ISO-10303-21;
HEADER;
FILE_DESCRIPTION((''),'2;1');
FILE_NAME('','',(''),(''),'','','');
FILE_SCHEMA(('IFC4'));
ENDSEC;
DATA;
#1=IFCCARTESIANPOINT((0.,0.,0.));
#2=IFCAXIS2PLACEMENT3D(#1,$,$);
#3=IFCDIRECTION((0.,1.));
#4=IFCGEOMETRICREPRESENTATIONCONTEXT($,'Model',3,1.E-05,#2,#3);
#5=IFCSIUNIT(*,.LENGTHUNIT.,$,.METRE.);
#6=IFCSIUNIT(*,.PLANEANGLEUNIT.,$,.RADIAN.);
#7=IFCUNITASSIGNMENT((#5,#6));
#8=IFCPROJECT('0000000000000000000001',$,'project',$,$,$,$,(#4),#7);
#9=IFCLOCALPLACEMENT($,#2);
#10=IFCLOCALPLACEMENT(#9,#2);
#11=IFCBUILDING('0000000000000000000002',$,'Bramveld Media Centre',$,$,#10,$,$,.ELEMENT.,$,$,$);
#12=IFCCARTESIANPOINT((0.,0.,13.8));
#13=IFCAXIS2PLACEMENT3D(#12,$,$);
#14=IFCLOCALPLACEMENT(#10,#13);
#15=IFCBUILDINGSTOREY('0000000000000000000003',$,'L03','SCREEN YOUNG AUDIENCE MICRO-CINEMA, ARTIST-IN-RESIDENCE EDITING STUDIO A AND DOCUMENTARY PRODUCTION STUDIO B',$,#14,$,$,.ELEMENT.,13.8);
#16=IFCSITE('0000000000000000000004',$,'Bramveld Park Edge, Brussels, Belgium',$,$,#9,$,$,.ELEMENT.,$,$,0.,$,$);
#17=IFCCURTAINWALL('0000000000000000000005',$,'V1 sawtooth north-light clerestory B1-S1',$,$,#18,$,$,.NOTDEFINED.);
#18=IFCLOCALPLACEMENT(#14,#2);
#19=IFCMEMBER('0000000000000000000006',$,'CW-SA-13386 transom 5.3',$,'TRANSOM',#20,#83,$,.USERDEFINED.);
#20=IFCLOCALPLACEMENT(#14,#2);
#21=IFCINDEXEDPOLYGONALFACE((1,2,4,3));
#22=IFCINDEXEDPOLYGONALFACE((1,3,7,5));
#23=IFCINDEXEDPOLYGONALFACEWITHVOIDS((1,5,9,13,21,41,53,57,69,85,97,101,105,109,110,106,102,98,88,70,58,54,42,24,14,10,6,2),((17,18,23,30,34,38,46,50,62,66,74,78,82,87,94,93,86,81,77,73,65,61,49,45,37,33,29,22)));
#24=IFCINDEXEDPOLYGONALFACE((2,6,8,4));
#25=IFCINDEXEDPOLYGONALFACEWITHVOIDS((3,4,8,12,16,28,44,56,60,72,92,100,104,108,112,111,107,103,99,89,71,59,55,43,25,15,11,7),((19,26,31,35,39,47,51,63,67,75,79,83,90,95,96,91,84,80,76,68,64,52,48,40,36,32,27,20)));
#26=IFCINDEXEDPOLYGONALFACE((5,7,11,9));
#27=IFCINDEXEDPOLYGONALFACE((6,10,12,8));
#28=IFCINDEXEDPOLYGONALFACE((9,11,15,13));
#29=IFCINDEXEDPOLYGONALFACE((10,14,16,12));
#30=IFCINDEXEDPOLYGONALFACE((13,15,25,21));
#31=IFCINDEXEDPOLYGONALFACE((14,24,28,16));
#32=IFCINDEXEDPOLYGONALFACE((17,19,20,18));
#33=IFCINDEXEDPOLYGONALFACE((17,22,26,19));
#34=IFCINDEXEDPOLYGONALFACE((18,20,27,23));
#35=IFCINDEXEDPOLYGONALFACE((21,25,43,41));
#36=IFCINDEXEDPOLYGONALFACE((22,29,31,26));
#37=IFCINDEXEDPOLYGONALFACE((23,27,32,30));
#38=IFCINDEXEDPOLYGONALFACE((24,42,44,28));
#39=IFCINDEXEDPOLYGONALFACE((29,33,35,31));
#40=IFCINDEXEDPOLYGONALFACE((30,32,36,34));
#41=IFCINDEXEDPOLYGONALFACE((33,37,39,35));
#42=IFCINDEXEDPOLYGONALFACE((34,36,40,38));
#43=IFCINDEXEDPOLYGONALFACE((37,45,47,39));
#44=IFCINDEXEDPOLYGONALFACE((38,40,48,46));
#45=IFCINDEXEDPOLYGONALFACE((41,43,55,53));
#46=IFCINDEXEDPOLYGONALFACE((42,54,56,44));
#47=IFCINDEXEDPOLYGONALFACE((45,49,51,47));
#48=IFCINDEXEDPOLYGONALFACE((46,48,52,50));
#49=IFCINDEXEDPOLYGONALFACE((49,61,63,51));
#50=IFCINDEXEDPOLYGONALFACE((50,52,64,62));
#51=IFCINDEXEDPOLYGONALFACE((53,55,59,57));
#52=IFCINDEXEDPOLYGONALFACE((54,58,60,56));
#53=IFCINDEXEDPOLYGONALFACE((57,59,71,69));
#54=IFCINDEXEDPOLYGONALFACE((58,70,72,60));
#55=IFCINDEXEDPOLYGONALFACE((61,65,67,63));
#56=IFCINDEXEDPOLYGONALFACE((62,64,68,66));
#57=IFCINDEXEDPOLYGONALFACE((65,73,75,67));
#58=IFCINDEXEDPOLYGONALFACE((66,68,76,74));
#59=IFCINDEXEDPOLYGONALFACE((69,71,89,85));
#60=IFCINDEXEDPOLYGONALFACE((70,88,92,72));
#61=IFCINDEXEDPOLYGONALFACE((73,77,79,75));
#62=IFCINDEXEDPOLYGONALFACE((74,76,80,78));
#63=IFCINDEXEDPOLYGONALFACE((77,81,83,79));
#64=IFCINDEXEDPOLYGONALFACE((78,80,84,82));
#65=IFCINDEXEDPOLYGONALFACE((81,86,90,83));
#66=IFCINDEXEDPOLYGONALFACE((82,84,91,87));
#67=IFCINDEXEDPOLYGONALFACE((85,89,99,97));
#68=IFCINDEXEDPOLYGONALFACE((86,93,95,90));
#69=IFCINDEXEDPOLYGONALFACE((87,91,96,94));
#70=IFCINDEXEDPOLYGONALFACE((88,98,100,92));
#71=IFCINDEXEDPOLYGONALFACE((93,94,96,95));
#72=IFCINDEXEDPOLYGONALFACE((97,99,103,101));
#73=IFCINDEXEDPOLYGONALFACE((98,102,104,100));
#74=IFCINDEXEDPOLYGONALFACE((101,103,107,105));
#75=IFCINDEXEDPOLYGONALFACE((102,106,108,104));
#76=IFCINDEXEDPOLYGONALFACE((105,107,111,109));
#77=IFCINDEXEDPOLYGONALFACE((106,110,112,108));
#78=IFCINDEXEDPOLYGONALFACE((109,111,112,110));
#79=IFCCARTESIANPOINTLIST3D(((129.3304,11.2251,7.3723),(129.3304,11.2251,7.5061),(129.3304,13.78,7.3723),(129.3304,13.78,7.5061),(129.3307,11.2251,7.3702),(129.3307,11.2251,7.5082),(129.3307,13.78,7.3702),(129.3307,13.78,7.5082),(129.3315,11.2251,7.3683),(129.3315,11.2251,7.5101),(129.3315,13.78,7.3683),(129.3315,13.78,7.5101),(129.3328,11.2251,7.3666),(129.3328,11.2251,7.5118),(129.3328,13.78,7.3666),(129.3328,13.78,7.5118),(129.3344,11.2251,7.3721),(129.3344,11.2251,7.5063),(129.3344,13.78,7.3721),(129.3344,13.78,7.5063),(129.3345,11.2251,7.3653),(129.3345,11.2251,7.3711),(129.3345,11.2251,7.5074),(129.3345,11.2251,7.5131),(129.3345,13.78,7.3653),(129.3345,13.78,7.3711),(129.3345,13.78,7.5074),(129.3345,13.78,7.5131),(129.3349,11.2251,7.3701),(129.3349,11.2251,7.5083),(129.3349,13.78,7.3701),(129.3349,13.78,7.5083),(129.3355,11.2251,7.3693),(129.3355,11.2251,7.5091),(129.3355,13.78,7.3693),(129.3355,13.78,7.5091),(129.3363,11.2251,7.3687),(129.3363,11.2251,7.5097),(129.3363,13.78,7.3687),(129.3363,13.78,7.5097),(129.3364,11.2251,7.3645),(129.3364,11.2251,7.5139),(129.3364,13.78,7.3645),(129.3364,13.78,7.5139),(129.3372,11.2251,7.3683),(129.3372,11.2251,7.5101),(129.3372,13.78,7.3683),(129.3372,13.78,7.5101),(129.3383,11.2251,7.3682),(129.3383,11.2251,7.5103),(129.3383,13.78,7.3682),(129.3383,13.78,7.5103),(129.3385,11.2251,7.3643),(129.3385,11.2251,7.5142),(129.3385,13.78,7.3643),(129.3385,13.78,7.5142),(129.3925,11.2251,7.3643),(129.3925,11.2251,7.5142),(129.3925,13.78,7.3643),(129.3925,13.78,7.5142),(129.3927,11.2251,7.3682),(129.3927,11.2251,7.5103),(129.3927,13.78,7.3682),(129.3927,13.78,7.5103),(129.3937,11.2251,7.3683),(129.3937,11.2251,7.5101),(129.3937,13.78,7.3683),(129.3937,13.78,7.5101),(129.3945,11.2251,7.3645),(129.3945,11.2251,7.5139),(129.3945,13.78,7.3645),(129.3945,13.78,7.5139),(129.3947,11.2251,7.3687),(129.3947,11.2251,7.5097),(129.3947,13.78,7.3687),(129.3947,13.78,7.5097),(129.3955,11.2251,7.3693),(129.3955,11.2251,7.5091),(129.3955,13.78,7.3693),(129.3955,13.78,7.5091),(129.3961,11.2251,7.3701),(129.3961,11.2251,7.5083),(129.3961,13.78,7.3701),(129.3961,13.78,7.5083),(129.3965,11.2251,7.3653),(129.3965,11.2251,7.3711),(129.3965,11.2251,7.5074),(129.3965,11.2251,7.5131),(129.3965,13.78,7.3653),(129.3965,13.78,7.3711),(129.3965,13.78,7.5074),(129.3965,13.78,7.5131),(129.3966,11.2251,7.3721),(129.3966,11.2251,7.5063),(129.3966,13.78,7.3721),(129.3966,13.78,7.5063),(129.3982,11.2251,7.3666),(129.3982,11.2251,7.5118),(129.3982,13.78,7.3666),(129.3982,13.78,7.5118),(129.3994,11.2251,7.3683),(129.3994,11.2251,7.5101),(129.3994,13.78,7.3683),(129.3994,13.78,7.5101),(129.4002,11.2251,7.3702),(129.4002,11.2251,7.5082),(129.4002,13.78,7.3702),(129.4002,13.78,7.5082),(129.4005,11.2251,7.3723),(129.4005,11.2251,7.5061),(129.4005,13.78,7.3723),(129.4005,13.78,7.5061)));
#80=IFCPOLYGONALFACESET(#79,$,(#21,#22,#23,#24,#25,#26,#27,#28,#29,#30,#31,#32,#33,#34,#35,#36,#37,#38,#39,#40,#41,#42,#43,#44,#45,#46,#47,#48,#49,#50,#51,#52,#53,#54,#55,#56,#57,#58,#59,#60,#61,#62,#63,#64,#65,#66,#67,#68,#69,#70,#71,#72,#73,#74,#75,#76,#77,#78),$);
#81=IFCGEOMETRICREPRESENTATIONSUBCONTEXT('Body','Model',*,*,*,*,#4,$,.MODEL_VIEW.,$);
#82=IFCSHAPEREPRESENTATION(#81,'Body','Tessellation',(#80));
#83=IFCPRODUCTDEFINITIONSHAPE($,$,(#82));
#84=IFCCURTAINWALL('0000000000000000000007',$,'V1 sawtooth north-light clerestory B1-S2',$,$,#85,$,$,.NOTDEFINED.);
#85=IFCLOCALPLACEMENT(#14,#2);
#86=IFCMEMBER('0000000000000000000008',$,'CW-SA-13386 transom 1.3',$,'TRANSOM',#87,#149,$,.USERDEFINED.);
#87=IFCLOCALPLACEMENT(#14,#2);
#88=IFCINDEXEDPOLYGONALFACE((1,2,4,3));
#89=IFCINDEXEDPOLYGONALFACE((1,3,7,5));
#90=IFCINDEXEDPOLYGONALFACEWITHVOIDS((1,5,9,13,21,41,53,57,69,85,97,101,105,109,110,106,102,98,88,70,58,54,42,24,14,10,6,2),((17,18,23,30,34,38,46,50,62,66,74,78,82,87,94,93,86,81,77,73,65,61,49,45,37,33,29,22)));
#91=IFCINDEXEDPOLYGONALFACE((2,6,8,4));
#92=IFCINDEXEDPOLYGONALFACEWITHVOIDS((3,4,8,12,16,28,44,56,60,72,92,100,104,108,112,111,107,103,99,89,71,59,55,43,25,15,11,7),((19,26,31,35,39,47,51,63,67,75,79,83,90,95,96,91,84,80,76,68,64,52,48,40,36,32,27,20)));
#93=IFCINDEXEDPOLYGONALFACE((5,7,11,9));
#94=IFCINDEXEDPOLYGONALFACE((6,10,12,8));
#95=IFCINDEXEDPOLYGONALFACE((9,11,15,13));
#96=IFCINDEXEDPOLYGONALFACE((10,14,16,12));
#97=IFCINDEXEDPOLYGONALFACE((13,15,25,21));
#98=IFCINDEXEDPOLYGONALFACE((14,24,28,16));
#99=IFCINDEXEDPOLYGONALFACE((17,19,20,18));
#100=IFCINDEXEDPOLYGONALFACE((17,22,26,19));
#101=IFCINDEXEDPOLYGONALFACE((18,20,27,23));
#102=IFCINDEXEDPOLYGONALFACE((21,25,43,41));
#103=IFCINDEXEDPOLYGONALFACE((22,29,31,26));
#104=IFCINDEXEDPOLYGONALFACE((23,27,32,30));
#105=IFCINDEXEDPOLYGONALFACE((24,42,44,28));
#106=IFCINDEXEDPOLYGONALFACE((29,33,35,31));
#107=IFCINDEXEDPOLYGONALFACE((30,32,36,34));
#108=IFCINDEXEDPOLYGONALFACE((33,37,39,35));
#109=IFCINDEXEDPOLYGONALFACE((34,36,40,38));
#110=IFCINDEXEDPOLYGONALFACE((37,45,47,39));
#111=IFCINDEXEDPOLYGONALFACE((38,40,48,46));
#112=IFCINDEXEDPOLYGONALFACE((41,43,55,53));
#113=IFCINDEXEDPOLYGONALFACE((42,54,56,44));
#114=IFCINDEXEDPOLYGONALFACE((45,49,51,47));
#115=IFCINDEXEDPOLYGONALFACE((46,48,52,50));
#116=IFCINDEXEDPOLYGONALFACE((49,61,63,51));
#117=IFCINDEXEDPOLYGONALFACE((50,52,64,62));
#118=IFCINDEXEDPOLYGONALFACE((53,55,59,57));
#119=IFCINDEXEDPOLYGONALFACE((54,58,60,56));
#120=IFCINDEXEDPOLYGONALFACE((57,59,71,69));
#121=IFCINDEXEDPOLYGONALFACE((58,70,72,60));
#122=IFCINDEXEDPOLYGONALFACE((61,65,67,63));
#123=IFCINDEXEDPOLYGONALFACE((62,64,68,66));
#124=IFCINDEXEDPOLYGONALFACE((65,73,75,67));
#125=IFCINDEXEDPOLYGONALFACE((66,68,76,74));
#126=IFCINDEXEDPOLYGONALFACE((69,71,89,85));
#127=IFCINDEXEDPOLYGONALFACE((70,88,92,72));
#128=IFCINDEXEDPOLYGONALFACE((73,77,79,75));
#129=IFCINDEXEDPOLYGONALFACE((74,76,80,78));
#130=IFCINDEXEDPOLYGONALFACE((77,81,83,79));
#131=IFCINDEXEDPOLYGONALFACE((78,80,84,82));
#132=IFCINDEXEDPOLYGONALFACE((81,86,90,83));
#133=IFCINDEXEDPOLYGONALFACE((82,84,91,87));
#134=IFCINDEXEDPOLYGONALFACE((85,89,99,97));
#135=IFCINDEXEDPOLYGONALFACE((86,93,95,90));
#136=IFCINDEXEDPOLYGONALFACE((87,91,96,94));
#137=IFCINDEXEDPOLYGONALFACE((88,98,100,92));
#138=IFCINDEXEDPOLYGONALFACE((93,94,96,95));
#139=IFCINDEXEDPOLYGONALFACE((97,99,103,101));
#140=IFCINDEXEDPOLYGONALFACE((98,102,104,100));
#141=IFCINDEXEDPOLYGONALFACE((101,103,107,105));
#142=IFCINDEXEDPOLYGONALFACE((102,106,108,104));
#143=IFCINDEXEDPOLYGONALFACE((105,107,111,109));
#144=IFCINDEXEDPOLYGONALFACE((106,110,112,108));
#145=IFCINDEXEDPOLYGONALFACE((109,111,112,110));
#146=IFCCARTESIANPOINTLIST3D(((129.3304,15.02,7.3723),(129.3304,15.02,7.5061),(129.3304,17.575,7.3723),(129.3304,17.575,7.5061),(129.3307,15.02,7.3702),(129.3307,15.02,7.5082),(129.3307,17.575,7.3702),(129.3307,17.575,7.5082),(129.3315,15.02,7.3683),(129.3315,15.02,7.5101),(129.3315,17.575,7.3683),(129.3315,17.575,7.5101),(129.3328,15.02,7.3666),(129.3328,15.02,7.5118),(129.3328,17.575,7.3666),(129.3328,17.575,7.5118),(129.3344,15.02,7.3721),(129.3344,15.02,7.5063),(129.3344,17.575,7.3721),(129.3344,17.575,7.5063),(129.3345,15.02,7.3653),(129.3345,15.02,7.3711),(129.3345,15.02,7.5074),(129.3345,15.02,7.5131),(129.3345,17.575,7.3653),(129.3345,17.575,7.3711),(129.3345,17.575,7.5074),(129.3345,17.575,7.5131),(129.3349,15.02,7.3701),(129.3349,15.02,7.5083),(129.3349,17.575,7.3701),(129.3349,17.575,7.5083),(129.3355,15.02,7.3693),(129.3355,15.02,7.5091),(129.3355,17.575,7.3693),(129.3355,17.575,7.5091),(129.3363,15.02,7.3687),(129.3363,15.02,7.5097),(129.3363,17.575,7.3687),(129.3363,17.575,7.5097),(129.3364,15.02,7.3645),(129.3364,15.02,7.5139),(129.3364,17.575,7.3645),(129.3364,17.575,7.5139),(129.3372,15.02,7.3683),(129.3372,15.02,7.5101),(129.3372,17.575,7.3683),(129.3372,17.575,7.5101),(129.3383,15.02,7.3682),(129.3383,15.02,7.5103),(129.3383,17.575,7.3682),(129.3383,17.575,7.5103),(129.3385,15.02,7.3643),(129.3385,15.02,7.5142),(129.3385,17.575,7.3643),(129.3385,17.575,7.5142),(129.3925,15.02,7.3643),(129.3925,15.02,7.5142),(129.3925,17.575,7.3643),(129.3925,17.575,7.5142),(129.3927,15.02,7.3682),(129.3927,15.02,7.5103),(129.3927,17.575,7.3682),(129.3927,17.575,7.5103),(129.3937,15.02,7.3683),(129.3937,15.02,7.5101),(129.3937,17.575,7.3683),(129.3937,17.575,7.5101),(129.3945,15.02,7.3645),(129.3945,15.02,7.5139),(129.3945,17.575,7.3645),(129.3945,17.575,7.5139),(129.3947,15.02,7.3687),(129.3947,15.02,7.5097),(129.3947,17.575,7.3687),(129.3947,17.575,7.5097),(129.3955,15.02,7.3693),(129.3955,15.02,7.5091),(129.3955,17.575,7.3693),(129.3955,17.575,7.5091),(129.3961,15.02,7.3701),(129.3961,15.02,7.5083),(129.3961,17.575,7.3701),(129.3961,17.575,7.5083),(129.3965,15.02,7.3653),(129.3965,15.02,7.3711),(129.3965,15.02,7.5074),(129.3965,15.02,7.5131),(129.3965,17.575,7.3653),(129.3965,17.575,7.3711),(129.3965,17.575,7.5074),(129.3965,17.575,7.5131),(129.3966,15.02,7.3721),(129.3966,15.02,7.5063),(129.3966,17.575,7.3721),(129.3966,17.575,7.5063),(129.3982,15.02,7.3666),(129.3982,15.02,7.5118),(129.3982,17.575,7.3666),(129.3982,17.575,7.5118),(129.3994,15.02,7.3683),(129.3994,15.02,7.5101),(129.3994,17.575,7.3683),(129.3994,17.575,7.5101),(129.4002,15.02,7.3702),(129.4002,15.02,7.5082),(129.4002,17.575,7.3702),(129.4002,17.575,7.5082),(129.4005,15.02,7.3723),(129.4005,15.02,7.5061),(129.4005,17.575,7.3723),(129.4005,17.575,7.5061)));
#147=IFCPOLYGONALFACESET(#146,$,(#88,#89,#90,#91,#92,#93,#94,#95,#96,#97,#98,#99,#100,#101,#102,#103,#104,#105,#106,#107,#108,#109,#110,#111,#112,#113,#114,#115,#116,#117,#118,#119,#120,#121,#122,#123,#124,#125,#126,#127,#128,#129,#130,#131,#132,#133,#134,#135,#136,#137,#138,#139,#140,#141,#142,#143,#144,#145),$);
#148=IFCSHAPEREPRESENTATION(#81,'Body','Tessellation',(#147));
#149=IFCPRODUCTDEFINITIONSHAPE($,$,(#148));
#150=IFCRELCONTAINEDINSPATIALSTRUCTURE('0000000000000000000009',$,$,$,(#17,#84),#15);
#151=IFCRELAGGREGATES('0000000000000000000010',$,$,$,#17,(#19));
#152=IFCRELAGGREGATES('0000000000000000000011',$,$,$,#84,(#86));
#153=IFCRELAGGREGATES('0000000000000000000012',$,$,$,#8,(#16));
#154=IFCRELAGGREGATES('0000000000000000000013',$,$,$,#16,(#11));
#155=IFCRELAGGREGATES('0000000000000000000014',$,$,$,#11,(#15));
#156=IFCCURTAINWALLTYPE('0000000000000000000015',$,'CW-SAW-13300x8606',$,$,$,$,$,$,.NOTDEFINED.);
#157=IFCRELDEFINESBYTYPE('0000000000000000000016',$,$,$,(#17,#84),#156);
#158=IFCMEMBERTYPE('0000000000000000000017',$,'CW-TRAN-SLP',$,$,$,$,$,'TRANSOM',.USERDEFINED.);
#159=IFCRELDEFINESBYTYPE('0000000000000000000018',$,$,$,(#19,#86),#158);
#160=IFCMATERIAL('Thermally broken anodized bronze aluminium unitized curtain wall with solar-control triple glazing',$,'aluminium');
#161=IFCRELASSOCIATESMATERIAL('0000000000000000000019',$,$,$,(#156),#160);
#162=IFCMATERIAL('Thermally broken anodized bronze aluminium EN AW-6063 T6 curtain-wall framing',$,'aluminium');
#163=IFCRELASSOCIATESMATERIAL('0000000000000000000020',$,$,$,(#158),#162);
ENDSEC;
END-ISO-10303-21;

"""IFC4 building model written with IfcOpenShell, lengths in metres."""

from ifc_helpers import new_model, si_unit, direction, frame, origin, origin_2d, place, context, subcontext, project, spatial, hollow_rectangle, extrude, material, material_profile, profile_set, type_object, element, aggregate, save


model = new_model("IFC4")

# Units and contexts
model_context = context("Model", 3, precision=1e-05, world=origin(), true_north=direction((0.0, 1.0)))
body_context = subcontext(model_context, "Body", "Model", "MODEL_VIEW")
ifc_project = project(units=[si_unit("LENGTHUNIT", "METRE"), si_unit("PLANEANGLEUNIT", "RADIAN")], contexts=[model_context])

# Site, building, storey
site_placement = place(None, origin())
site = spatial("IfcSite", under=ifc_project, at=site_placement, Name="Bramveld Park Edge, Brussels, Belgium", CompositionType="ELEMENT", RefElevation=0.0)
building_placement = place(site_placement, origin())
building = spatial("IfcBuilding", under=site, at=building_placement, Name="Bramveld Media Centre", CompositionType="ELEMENT")
storey_placement = place(building_placement, frame((0.0, 0.0, 13.8)))
storey = spatial("IfcBuildingStorey", under=building, at=storey_placement, Name="L03", Description="SCREEN YOUNG AUDIENCE MICRO-CINEMA, ARTIST-IN-RESIDENCE EDITING STUDIO A AND DOCUMENTARY PRODUCTION STUDIO B", CompositionType="ELEMENT", Elevation=13.8)

# Curtain wall, member
ifc_material_1 = material(Name="Thermally broken anodized bronze aluminium unitized curtain wall with solar-control triple glazing", Category="aluminium")
curtain_wall_type = type_object("IfcCurtainWallType", Name="CW-SAW-13300x8606", PredefinedType="NOTDEFINED", material=ifc_material_1)
curtain_wall_1_placement = place(storey_placement, origin())
curtain_wall_1 = element("IfcCurtainWall", 1, at=curtain_wall_1_placement, inside=storey, type_object=curtain_wall_type, Name="V1 sawtooth north-light clerestory B1-S1", PredefinedType="NOTDEFINED")
ifc_material_2 = material(Name="Thermally broken anodized bronze aluminium EN AW-6063 T6 curtain-wall framing", Category="aluminium")
ifc_material_profile_1 = material_profile(ifc_material_2, hollow_rectangle(XDim=0.0701, YDim=0.1499, WallThickness=0.0039, InnerFilletRadius=0.0039, OuterFilletRadius=0.0081, at=origin_2d()), Name="AL-TRAN 70x150")
ifc_profile_set_1 = profile_set([ifc_material_profile_1], Name="Thermally broken anodized bronze aluminium EN AW-6063 T6 curtain-wall framing")
member_type_1 = type_object("IfcMemberType", Name="CW-TRAN-SLP", ElementType="TRANSOM", PredefinedType="USERDEFINED", material=ifc_profile_set_1)
member_1_placement = place(storey_placement, frame((129.3655, 11.2251, 7.4392), z_axis=(0.0, 1.0, 0.0), x_axis=(-1.0, 0.0, 0.0)))
member_1 = element("IfcMember", 2, at=member_1_placement, type_object=member_type_1, Name="CW-SA-13386 transom 5.3", ObjectType="TRANSOM", PredefinedType="USERDEFINED", context=body_context, shape_type="SweptSolid", body=[
    extrude(hollow_rectangle(XDim=0.0701, YDim=0.1499, WallThickness=0.0039, InnerFilletRadius=0.0039, OuterFilletRadius=0.0081, at=origin_2d()), origin(), (0.0, 0.0, 1.0), 2.5549),
])
aggregate(curtain_wall_1, [member_1])

# Curtain wall, member
curtain_wall_2_placement = place(storey_placement, origin())
curtain_wall_2 = element("IfcCurtainWall", 3, at=curtain_wall_2_placement, inside=storey, type_object=curtain_wall_type, Name="V1 sawtooth north-light clerestory B1-S2", PredefinedType="NOTDEFINED")
member_2_placement = place(storey_placement, frame((129.3655, 15.02, 7.4392), z_axis=(0.0, 1.0, 0.0), x_axis=(-1.0, 0.0, 0.0)))
member_2 = element("IfcMember", 4, at=member_2_placement, type_object=member_type_1, Name="CW-SA-13386 transom 1.3", ObjectType="TRANSOM", PredefinedType="USERDEFINED", context=body_context, shape_type="SweptSolid", body=[
    extrude(hollow_rectangle(XDim=0.0701, YDim=0.1499, WallThickness=0.0039, InnerFilletRadius=0.0039, OuterFilletRadius=0.0081, at=origin_2d()), origin(), (0.0, 0.0, 1.0), 2.5549),
])
aggregate(curtain_wall_2, [member_2])

save(model, "model.ifc")
